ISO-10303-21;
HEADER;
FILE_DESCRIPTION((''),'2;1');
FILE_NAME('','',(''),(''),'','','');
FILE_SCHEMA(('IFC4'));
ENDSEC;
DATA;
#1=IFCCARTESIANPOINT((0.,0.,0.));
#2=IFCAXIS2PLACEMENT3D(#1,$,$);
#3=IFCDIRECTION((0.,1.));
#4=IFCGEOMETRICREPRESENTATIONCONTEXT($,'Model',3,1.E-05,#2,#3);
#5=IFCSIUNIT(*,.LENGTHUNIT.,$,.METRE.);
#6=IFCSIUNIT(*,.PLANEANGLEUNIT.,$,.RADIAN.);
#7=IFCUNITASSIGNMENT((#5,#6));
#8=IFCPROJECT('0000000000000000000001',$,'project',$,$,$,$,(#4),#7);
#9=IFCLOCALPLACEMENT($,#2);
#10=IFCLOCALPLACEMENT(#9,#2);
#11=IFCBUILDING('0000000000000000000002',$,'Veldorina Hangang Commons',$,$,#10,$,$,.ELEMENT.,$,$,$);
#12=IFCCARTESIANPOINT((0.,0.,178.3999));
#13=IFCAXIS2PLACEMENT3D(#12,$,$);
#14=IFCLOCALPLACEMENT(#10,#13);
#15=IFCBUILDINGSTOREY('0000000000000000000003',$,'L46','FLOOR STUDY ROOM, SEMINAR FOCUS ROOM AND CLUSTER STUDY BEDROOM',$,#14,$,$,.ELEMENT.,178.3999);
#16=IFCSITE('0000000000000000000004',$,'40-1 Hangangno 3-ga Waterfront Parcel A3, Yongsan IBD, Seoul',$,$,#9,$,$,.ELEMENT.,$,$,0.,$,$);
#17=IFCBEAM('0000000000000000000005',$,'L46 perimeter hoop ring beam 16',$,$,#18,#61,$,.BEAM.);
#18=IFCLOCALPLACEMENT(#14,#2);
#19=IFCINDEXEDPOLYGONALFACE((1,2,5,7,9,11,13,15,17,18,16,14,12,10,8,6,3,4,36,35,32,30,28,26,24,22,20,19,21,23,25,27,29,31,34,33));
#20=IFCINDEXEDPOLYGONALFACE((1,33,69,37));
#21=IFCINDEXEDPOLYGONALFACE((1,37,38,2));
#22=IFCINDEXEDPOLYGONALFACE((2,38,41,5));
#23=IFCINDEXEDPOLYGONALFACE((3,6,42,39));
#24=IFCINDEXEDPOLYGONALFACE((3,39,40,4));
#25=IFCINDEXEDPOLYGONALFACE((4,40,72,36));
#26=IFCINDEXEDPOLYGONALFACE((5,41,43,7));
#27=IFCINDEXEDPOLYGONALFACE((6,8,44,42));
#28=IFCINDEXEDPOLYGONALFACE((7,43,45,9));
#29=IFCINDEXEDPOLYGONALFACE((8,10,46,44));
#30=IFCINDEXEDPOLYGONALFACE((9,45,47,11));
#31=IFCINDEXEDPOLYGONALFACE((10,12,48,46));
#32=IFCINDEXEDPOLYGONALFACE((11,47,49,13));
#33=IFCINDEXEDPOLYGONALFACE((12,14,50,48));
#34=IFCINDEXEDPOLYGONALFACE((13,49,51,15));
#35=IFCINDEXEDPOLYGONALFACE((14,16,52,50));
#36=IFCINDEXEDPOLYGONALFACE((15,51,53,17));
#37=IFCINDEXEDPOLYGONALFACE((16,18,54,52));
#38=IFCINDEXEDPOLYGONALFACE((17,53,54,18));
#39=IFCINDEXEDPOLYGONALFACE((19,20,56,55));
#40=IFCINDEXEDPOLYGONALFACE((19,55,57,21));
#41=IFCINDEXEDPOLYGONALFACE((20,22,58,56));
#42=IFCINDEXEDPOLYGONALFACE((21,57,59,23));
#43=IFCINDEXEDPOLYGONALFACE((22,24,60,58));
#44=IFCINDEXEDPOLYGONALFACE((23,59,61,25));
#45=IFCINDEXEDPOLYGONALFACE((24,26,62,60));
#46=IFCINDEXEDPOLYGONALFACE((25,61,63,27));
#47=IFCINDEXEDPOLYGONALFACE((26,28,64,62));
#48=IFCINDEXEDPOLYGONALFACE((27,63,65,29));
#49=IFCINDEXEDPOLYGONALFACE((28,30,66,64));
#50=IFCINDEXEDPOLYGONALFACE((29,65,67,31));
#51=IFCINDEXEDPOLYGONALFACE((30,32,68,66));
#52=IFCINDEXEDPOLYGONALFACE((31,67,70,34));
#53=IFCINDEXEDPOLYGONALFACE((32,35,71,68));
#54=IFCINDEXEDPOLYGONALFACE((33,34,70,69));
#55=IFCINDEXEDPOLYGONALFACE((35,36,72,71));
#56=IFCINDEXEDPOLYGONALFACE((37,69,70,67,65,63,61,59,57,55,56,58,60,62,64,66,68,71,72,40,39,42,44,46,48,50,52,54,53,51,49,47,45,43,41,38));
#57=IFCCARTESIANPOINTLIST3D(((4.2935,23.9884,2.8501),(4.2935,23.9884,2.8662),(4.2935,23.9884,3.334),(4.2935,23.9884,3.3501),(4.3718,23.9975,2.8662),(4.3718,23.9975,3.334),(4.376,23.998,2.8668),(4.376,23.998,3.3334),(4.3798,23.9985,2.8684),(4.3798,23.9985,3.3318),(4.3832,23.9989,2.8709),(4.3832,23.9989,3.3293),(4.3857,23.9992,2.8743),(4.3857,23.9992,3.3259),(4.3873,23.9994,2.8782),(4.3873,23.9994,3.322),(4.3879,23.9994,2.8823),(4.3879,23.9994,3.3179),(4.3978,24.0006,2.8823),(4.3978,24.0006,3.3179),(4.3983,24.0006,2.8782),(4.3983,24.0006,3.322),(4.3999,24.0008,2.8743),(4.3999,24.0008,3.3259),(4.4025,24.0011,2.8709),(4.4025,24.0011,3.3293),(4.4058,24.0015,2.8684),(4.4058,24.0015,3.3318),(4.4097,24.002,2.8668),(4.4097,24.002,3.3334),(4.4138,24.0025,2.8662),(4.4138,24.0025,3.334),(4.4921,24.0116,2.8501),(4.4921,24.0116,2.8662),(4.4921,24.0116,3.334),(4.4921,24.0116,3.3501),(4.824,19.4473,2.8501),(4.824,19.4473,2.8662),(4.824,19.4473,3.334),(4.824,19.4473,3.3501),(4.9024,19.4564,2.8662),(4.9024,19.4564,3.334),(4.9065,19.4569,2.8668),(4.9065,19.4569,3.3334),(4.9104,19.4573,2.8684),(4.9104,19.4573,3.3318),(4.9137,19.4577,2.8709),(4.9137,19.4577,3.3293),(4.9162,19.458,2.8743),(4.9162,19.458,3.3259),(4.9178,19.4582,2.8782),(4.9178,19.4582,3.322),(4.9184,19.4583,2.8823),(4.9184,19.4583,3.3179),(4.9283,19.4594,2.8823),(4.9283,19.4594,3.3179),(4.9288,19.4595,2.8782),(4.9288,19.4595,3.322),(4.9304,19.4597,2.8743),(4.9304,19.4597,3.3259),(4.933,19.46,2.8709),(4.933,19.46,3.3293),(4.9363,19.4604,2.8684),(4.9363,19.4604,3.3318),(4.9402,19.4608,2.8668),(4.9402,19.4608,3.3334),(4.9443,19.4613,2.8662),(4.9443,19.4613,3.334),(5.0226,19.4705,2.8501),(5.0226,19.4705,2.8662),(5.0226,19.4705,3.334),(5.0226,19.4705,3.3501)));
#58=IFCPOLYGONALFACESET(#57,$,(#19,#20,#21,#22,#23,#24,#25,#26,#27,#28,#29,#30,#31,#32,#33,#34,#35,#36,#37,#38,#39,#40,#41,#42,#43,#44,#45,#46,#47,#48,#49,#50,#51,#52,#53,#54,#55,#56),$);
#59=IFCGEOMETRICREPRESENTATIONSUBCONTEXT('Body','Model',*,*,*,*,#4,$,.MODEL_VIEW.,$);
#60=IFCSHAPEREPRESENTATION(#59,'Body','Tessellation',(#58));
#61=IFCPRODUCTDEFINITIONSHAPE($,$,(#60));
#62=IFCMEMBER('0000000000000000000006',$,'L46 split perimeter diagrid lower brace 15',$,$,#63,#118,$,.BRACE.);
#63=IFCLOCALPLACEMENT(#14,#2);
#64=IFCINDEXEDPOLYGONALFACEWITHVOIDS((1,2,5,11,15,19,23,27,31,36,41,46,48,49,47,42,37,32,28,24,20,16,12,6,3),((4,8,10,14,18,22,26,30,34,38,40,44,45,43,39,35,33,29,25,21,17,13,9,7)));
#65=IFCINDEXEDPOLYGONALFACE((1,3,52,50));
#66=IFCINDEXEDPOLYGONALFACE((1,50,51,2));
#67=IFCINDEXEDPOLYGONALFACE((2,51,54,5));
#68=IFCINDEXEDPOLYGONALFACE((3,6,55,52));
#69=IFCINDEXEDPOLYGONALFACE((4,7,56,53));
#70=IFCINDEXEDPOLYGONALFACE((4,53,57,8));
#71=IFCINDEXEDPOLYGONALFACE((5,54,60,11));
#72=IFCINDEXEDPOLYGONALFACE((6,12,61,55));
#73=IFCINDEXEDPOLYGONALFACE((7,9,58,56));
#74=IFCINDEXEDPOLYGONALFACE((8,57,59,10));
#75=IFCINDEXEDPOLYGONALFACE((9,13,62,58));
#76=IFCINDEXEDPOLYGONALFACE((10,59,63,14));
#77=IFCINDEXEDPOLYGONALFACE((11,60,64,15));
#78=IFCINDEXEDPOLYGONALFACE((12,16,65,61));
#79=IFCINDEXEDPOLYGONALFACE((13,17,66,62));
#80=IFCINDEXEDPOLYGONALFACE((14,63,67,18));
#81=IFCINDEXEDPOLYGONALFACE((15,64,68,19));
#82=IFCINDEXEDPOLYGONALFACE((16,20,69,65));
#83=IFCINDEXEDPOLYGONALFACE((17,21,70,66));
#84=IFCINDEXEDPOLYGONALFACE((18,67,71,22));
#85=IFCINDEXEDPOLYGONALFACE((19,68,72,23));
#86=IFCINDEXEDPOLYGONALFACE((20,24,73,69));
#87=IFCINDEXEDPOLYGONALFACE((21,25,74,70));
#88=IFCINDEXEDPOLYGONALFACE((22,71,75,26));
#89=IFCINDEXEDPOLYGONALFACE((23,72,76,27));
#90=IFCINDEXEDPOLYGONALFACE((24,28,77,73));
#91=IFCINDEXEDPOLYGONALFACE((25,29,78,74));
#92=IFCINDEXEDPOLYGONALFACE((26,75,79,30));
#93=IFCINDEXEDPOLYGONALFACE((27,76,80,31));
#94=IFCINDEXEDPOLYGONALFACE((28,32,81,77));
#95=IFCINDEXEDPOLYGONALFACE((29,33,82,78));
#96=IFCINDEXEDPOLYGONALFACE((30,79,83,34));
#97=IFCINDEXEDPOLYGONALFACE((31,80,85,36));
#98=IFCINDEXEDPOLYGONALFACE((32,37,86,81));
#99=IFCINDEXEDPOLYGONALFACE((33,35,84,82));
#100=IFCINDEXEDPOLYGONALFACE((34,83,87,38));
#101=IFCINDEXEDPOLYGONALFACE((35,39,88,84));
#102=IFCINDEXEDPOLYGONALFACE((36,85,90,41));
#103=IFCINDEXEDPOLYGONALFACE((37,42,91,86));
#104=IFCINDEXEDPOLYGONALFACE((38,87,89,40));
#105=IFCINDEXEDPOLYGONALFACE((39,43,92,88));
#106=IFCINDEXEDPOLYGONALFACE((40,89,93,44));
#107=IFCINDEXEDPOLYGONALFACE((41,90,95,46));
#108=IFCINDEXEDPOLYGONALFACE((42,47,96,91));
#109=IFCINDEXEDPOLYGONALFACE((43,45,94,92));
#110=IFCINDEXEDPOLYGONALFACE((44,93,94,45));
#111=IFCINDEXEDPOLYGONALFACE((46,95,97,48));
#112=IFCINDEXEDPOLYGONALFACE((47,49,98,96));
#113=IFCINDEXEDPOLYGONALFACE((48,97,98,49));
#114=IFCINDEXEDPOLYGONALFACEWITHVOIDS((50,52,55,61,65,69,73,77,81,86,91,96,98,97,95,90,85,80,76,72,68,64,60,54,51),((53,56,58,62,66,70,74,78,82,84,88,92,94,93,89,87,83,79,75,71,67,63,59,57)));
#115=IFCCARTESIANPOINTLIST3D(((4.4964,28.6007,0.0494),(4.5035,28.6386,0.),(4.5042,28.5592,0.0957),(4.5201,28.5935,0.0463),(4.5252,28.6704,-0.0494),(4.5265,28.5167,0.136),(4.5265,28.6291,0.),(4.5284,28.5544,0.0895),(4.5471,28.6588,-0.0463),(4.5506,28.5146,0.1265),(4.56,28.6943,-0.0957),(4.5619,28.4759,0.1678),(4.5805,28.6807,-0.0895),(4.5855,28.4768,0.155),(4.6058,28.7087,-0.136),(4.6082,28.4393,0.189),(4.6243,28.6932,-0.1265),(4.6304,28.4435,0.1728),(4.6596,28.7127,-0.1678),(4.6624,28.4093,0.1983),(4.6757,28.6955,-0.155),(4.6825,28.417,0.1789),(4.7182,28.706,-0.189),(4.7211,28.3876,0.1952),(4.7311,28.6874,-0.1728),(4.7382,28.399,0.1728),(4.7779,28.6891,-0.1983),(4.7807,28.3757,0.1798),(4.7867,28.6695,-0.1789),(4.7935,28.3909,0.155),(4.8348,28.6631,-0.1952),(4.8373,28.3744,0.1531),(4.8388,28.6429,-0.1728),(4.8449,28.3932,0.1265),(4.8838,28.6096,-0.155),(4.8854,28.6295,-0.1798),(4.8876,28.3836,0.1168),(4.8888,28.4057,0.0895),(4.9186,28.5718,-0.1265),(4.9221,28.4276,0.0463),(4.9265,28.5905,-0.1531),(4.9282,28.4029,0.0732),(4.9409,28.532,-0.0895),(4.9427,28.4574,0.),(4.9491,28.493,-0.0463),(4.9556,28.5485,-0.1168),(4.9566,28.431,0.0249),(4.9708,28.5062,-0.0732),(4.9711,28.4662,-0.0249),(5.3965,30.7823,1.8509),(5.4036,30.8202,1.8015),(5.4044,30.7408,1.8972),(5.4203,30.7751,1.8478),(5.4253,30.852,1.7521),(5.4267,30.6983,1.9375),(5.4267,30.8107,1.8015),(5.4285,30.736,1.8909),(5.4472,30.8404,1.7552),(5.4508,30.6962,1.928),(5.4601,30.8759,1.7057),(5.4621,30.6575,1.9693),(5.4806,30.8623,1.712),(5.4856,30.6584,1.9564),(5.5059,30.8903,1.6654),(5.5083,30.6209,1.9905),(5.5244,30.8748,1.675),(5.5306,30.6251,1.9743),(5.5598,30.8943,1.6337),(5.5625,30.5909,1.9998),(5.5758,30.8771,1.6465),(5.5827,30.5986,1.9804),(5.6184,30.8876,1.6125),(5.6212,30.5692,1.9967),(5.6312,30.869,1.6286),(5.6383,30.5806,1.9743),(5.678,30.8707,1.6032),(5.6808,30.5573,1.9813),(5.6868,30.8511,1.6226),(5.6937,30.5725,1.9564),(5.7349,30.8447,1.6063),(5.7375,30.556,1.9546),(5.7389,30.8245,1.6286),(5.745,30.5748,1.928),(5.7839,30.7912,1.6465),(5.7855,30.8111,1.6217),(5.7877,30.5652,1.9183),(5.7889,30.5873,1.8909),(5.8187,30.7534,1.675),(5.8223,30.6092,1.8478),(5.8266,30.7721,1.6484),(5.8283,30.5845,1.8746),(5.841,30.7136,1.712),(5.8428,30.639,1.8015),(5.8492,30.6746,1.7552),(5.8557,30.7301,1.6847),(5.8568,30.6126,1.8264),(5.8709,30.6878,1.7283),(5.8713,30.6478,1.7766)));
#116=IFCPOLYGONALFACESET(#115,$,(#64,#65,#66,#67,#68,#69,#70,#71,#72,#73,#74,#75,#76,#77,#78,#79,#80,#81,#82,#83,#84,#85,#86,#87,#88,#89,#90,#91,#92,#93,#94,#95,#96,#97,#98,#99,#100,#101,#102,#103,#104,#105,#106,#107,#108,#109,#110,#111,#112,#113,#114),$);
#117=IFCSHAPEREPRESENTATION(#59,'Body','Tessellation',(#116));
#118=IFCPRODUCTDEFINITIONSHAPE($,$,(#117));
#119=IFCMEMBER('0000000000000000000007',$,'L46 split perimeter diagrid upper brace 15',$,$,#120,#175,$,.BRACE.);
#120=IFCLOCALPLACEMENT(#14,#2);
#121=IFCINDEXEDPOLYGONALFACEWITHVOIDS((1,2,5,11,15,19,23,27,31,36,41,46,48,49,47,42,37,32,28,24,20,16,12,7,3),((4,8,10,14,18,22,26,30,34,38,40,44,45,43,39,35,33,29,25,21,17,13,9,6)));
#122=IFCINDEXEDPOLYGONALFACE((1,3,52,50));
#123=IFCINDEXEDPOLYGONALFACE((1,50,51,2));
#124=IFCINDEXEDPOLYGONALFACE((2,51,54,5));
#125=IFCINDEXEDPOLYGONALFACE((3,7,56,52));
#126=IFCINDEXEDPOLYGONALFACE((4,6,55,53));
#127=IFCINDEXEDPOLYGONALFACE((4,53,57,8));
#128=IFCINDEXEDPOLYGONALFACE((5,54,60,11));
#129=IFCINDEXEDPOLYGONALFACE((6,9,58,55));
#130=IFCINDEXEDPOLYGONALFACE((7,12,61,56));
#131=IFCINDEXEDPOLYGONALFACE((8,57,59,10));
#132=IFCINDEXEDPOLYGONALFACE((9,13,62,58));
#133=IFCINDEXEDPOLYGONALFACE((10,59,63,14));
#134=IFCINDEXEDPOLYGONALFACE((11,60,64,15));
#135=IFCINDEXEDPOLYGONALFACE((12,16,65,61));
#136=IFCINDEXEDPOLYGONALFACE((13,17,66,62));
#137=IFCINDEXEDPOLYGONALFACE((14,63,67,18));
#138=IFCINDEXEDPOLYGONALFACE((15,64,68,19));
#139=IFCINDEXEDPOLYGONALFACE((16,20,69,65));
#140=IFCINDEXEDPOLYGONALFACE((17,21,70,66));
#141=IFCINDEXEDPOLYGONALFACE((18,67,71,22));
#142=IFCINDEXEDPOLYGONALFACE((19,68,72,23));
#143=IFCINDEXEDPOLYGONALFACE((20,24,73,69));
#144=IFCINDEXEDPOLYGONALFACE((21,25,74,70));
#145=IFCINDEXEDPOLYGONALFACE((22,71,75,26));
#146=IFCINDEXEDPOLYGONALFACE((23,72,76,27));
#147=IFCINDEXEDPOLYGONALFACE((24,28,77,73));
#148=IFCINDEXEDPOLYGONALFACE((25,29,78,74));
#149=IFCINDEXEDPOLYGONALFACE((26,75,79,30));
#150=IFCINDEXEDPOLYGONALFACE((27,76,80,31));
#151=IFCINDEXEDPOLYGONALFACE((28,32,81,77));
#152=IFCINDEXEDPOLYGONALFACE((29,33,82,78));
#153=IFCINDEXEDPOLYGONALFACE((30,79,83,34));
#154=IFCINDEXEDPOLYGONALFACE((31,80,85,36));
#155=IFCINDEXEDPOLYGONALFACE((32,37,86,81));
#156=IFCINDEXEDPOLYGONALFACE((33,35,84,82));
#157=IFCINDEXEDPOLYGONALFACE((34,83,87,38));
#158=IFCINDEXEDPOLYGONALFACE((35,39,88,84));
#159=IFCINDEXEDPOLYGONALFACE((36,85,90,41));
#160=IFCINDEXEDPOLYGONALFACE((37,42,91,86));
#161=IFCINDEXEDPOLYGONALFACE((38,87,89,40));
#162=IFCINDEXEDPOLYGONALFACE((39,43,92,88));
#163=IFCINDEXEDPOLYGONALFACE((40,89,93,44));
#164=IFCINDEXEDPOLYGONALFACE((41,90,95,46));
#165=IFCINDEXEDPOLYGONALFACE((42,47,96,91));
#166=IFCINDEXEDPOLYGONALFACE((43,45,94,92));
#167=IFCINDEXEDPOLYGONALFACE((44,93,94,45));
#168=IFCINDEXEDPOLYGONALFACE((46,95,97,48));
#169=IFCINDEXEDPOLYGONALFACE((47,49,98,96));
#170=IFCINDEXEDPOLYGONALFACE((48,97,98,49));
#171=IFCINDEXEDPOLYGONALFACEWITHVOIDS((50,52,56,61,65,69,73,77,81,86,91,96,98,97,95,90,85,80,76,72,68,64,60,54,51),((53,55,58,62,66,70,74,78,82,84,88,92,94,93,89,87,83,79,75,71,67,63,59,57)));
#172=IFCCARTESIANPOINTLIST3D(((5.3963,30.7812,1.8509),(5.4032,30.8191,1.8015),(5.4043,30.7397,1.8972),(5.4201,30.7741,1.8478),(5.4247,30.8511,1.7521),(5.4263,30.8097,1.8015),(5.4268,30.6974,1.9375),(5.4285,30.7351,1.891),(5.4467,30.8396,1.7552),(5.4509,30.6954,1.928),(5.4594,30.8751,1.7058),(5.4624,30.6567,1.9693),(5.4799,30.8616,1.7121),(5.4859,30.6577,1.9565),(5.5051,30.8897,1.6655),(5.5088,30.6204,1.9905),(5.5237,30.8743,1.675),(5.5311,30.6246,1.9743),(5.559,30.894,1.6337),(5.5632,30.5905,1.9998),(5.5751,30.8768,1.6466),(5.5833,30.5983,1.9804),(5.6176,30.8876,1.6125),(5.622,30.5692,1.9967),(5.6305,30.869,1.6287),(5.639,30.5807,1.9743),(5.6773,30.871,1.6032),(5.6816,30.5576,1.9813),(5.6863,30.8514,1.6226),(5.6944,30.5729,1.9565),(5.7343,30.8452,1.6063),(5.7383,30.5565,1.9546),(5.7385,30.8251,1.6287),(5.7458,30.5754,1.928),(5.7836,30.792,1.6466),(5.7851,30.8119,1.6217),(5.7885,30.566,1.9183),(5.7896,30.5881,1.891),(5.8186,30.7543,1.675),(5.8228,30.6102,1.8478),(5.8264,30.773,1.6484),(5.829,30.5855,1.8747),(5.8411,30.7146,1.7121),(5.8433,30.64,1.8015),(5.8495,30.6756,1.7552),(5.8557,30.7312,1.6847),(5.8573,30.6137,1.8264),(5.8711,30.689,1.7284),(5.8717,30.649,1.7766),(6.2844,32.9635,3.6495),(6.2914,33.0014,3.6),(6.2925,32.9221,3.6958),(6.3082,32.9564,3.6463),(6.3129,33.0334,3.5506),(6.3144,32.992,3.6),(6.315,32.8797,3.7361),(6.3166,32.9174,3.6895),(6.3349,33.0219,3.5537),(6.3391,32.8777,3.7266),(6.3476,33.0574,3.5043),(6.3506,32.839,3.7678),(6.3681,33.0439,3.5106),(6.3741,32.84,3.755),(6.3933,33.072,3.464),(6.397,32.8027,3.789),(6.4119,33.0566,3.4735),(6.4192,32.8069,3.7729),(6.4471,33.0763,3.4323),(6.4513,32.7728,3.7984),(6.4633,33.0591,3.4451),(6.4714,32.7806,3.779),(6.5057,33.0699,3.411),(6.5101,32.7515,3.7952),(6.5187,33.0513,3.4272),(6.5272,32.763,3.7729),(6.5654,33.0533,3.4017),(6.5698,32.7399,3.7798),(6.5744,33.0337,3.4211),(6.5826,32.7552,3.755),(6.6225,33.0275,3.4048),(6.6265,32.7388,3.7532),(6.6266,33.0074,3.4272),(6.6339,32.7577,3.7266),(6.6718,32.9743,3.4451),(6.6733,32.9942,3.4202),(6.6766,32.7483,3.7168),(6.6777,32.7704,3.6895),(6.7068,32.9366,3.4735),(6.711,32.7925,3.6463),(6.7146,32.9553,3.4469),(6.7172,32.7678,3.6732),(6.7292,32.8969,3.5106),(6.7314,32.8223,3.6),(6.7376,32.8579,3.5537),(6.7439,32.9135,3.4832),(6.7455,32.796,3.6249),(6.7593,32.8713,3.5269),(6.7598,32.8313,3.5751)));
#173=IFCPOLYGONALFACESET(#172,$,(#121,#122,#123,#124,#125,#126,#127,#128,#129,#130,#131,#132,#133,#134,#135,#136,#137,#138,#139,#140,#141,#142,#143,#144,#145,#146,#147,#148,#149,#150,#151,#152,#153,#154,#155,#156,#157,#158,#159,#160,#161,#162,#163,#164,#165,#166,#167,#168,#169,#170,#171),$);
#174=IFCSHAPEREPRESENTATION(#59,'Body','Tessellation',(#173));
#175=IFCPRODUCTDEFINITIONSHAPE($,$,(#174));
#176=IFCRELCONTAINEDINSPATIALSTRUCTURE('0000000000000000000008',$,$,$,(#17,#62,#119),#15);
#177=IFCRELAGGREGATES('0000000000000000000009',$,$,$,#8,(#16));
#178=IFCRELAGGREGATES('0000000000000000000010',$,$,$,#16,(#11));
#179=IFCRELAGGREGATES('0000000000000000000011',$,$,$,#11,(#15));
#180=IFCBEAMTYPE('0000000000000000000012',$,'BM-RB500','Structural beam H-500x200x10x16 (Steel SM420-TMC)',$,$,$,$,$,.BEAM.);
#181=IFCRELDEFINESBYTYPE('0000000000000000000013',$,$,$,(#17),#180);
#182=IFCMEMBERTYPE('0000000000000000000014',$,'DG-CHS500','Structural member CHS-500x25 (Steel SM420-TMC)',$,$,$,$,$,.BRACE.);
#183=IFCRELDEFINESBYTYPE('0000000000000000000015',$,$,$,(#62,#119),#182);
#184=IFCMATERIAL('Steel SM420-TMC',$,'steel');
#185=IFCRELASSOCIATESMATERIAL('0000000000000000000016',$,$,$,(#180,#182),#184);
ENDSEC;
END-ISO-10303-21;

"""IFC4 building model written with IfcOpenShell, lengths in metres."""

from ifc_helpers import new_model, si_unit, direction, frame, origin, origin_2d, place, context, subcontext, project, spatial, hollow_circle, i_section, extrude, material, material_profile, profile_set, type_object, element, save


model = new_model("IFC4")

# Units and contexts
model_context = context("Model", 3, precision=1e-05, world=origin(), true_north=direction((0.0, 1.0)))
body_context = subcontext(model_context, "Body", "Model", "MODEL_VIEW")
ifc_project = project(units=[si_unit("LENGTHUNIT", "METRE"), si_unit("PLANEANGLEUNIT", "RADIAN")], contexts=[model_context])

# Site, building, storey
site_placement = place(None, origin())
site = spatial("IfcSite", under=ifc_project, at=site_placement, Name="40-1 Hangangno 3-ga Waterfront Parcel A3, Yongsan IBD, Seoul", CompositionType="ELEMENT", RefElevation=0.0)
building_placement = place(site_placement, origin())
building = spatial("IfcBuilding", under=site, at=building_placement, Name="Veldorina Hangang Commons", CompositionType="ELEMENT")
storey_placement = place(building_placement, frame((0.0, 0.0, 178.3999)))
storey = spatial("IfcBuildingStorey", under=building, at=storey_placement, Name="L46", Description="FLOOR STUDY ROOM, SEMINAR FOCUS ROOM AND CLUSTER STUDY BEDROOM", CompositionType="ELEMENT", Elevation=178.3999)

# Beam
ifc_material_1 = material(Name="Steel SM420-TMC", Category="steel")
ifc_material_profile_1 = material_profile(ifc_material_1, i_section(OverallWidth=0.2, OverallDepth=0.5, WebThickness=0.01, FlangeThickness=0.0161, FilletRadius=0.0161, at=origin_2d()), Name="H-500x200x10x16")
ifc_profile_set_1 = profile_set([ifc_material_profile_1], Name="Steel SM420-TMC")
beam_type_1 = type_object("IfcBeamType", Name="BM-RB500", Description="Structural beam H-500x200x10x16 (Steel SM420-TMC)", PredefinedType="BEAM", material=ifc_profile_set_1)
for number, where, z_axis, x_axis, name in (
    (1, (4.3928, 24.0, 3.1001), (0.116033, -0.993245, 0.0), (0.993245, 0.116033, 0.0), "L46 perimeter hoop ring beam 16"),
):
    element("IfcBeam", number, at=place(storey_placement, frame(where, z_axis=z_axis, x_axis=x_axis)), inside=storey, type_object=beam_type_1, Name=name, PredefinedType="BEAM", context=body_context, shape_type="SweptSolid", body=[
        extrude(i_section(OverallWidth=0.2, OverallDepth=0.5, WebThickness=0.01, FlangeThickness=0.0161, FilletRadius=0.0161, at=origin_2d()), origin(), (0.0, 0.0, 1.0), 4.572),
    ])

# Members
ifc_material_profile_2 = material_profile(ifc_material_1, hollow_circle(Radius=0.25, WallThickness=0.0249, at=origin_2d()), Name="CHS-500x25")
ifc_profile_set_2 = profile_set([ifc_material_profile_2], Name="Steel SM420-TMC")
member_type = type_object("IfcMemberType", Name="DG-CHS500", Description="Structural member CHS-500x25 (Steel SM420-TMC)", PredefinedType="BRACE", material=ifc_profile_set_2)
member_1_placement = place(storey_placement, frame((4.7346, 28.5432, 0.0), z_axis=(0.303176, 0.734794, 0.606764), x_axis=(-0.924406, 0.38141, 0.0)))
element("IfcMember", 2, at=member_1_placement, inside=storey, type_object=member_type, Name="L46 split perimeter diagrid lower brace 15", PredefinedType="BRACE", context=body_context, shape_type="SweptSolid", body=[
    extrude(hollow_circle(Radius=0.25, WallThickness=0.0249, at=origin_2d()), origin(), (0.0, 0.0, 1.0), 2.969),
])
member_2_placement = place(storey_placement, frame((5.6348, 30.7249, 1.8015), z_axis=(0.299636, 0.736242, 0.606767), x_axis=(-0.92623, 0.376958, 0.0)))
element("IfcMember", 3, at=member_2_placement, inside=storey, type_object=member_type, Name="L46 split perimeter diagrid upper brace 15", PredefinedType="BRACE", context=body_context, shape_type="SweptSolid", body=[
    extrude(hollow_circle(Radius=0.25, WallThickness=0.0249, at=origin_2d()), origin(), (0.0, 0.0, 1.0), 2.9641),
])

save(model, "model.ifc")
